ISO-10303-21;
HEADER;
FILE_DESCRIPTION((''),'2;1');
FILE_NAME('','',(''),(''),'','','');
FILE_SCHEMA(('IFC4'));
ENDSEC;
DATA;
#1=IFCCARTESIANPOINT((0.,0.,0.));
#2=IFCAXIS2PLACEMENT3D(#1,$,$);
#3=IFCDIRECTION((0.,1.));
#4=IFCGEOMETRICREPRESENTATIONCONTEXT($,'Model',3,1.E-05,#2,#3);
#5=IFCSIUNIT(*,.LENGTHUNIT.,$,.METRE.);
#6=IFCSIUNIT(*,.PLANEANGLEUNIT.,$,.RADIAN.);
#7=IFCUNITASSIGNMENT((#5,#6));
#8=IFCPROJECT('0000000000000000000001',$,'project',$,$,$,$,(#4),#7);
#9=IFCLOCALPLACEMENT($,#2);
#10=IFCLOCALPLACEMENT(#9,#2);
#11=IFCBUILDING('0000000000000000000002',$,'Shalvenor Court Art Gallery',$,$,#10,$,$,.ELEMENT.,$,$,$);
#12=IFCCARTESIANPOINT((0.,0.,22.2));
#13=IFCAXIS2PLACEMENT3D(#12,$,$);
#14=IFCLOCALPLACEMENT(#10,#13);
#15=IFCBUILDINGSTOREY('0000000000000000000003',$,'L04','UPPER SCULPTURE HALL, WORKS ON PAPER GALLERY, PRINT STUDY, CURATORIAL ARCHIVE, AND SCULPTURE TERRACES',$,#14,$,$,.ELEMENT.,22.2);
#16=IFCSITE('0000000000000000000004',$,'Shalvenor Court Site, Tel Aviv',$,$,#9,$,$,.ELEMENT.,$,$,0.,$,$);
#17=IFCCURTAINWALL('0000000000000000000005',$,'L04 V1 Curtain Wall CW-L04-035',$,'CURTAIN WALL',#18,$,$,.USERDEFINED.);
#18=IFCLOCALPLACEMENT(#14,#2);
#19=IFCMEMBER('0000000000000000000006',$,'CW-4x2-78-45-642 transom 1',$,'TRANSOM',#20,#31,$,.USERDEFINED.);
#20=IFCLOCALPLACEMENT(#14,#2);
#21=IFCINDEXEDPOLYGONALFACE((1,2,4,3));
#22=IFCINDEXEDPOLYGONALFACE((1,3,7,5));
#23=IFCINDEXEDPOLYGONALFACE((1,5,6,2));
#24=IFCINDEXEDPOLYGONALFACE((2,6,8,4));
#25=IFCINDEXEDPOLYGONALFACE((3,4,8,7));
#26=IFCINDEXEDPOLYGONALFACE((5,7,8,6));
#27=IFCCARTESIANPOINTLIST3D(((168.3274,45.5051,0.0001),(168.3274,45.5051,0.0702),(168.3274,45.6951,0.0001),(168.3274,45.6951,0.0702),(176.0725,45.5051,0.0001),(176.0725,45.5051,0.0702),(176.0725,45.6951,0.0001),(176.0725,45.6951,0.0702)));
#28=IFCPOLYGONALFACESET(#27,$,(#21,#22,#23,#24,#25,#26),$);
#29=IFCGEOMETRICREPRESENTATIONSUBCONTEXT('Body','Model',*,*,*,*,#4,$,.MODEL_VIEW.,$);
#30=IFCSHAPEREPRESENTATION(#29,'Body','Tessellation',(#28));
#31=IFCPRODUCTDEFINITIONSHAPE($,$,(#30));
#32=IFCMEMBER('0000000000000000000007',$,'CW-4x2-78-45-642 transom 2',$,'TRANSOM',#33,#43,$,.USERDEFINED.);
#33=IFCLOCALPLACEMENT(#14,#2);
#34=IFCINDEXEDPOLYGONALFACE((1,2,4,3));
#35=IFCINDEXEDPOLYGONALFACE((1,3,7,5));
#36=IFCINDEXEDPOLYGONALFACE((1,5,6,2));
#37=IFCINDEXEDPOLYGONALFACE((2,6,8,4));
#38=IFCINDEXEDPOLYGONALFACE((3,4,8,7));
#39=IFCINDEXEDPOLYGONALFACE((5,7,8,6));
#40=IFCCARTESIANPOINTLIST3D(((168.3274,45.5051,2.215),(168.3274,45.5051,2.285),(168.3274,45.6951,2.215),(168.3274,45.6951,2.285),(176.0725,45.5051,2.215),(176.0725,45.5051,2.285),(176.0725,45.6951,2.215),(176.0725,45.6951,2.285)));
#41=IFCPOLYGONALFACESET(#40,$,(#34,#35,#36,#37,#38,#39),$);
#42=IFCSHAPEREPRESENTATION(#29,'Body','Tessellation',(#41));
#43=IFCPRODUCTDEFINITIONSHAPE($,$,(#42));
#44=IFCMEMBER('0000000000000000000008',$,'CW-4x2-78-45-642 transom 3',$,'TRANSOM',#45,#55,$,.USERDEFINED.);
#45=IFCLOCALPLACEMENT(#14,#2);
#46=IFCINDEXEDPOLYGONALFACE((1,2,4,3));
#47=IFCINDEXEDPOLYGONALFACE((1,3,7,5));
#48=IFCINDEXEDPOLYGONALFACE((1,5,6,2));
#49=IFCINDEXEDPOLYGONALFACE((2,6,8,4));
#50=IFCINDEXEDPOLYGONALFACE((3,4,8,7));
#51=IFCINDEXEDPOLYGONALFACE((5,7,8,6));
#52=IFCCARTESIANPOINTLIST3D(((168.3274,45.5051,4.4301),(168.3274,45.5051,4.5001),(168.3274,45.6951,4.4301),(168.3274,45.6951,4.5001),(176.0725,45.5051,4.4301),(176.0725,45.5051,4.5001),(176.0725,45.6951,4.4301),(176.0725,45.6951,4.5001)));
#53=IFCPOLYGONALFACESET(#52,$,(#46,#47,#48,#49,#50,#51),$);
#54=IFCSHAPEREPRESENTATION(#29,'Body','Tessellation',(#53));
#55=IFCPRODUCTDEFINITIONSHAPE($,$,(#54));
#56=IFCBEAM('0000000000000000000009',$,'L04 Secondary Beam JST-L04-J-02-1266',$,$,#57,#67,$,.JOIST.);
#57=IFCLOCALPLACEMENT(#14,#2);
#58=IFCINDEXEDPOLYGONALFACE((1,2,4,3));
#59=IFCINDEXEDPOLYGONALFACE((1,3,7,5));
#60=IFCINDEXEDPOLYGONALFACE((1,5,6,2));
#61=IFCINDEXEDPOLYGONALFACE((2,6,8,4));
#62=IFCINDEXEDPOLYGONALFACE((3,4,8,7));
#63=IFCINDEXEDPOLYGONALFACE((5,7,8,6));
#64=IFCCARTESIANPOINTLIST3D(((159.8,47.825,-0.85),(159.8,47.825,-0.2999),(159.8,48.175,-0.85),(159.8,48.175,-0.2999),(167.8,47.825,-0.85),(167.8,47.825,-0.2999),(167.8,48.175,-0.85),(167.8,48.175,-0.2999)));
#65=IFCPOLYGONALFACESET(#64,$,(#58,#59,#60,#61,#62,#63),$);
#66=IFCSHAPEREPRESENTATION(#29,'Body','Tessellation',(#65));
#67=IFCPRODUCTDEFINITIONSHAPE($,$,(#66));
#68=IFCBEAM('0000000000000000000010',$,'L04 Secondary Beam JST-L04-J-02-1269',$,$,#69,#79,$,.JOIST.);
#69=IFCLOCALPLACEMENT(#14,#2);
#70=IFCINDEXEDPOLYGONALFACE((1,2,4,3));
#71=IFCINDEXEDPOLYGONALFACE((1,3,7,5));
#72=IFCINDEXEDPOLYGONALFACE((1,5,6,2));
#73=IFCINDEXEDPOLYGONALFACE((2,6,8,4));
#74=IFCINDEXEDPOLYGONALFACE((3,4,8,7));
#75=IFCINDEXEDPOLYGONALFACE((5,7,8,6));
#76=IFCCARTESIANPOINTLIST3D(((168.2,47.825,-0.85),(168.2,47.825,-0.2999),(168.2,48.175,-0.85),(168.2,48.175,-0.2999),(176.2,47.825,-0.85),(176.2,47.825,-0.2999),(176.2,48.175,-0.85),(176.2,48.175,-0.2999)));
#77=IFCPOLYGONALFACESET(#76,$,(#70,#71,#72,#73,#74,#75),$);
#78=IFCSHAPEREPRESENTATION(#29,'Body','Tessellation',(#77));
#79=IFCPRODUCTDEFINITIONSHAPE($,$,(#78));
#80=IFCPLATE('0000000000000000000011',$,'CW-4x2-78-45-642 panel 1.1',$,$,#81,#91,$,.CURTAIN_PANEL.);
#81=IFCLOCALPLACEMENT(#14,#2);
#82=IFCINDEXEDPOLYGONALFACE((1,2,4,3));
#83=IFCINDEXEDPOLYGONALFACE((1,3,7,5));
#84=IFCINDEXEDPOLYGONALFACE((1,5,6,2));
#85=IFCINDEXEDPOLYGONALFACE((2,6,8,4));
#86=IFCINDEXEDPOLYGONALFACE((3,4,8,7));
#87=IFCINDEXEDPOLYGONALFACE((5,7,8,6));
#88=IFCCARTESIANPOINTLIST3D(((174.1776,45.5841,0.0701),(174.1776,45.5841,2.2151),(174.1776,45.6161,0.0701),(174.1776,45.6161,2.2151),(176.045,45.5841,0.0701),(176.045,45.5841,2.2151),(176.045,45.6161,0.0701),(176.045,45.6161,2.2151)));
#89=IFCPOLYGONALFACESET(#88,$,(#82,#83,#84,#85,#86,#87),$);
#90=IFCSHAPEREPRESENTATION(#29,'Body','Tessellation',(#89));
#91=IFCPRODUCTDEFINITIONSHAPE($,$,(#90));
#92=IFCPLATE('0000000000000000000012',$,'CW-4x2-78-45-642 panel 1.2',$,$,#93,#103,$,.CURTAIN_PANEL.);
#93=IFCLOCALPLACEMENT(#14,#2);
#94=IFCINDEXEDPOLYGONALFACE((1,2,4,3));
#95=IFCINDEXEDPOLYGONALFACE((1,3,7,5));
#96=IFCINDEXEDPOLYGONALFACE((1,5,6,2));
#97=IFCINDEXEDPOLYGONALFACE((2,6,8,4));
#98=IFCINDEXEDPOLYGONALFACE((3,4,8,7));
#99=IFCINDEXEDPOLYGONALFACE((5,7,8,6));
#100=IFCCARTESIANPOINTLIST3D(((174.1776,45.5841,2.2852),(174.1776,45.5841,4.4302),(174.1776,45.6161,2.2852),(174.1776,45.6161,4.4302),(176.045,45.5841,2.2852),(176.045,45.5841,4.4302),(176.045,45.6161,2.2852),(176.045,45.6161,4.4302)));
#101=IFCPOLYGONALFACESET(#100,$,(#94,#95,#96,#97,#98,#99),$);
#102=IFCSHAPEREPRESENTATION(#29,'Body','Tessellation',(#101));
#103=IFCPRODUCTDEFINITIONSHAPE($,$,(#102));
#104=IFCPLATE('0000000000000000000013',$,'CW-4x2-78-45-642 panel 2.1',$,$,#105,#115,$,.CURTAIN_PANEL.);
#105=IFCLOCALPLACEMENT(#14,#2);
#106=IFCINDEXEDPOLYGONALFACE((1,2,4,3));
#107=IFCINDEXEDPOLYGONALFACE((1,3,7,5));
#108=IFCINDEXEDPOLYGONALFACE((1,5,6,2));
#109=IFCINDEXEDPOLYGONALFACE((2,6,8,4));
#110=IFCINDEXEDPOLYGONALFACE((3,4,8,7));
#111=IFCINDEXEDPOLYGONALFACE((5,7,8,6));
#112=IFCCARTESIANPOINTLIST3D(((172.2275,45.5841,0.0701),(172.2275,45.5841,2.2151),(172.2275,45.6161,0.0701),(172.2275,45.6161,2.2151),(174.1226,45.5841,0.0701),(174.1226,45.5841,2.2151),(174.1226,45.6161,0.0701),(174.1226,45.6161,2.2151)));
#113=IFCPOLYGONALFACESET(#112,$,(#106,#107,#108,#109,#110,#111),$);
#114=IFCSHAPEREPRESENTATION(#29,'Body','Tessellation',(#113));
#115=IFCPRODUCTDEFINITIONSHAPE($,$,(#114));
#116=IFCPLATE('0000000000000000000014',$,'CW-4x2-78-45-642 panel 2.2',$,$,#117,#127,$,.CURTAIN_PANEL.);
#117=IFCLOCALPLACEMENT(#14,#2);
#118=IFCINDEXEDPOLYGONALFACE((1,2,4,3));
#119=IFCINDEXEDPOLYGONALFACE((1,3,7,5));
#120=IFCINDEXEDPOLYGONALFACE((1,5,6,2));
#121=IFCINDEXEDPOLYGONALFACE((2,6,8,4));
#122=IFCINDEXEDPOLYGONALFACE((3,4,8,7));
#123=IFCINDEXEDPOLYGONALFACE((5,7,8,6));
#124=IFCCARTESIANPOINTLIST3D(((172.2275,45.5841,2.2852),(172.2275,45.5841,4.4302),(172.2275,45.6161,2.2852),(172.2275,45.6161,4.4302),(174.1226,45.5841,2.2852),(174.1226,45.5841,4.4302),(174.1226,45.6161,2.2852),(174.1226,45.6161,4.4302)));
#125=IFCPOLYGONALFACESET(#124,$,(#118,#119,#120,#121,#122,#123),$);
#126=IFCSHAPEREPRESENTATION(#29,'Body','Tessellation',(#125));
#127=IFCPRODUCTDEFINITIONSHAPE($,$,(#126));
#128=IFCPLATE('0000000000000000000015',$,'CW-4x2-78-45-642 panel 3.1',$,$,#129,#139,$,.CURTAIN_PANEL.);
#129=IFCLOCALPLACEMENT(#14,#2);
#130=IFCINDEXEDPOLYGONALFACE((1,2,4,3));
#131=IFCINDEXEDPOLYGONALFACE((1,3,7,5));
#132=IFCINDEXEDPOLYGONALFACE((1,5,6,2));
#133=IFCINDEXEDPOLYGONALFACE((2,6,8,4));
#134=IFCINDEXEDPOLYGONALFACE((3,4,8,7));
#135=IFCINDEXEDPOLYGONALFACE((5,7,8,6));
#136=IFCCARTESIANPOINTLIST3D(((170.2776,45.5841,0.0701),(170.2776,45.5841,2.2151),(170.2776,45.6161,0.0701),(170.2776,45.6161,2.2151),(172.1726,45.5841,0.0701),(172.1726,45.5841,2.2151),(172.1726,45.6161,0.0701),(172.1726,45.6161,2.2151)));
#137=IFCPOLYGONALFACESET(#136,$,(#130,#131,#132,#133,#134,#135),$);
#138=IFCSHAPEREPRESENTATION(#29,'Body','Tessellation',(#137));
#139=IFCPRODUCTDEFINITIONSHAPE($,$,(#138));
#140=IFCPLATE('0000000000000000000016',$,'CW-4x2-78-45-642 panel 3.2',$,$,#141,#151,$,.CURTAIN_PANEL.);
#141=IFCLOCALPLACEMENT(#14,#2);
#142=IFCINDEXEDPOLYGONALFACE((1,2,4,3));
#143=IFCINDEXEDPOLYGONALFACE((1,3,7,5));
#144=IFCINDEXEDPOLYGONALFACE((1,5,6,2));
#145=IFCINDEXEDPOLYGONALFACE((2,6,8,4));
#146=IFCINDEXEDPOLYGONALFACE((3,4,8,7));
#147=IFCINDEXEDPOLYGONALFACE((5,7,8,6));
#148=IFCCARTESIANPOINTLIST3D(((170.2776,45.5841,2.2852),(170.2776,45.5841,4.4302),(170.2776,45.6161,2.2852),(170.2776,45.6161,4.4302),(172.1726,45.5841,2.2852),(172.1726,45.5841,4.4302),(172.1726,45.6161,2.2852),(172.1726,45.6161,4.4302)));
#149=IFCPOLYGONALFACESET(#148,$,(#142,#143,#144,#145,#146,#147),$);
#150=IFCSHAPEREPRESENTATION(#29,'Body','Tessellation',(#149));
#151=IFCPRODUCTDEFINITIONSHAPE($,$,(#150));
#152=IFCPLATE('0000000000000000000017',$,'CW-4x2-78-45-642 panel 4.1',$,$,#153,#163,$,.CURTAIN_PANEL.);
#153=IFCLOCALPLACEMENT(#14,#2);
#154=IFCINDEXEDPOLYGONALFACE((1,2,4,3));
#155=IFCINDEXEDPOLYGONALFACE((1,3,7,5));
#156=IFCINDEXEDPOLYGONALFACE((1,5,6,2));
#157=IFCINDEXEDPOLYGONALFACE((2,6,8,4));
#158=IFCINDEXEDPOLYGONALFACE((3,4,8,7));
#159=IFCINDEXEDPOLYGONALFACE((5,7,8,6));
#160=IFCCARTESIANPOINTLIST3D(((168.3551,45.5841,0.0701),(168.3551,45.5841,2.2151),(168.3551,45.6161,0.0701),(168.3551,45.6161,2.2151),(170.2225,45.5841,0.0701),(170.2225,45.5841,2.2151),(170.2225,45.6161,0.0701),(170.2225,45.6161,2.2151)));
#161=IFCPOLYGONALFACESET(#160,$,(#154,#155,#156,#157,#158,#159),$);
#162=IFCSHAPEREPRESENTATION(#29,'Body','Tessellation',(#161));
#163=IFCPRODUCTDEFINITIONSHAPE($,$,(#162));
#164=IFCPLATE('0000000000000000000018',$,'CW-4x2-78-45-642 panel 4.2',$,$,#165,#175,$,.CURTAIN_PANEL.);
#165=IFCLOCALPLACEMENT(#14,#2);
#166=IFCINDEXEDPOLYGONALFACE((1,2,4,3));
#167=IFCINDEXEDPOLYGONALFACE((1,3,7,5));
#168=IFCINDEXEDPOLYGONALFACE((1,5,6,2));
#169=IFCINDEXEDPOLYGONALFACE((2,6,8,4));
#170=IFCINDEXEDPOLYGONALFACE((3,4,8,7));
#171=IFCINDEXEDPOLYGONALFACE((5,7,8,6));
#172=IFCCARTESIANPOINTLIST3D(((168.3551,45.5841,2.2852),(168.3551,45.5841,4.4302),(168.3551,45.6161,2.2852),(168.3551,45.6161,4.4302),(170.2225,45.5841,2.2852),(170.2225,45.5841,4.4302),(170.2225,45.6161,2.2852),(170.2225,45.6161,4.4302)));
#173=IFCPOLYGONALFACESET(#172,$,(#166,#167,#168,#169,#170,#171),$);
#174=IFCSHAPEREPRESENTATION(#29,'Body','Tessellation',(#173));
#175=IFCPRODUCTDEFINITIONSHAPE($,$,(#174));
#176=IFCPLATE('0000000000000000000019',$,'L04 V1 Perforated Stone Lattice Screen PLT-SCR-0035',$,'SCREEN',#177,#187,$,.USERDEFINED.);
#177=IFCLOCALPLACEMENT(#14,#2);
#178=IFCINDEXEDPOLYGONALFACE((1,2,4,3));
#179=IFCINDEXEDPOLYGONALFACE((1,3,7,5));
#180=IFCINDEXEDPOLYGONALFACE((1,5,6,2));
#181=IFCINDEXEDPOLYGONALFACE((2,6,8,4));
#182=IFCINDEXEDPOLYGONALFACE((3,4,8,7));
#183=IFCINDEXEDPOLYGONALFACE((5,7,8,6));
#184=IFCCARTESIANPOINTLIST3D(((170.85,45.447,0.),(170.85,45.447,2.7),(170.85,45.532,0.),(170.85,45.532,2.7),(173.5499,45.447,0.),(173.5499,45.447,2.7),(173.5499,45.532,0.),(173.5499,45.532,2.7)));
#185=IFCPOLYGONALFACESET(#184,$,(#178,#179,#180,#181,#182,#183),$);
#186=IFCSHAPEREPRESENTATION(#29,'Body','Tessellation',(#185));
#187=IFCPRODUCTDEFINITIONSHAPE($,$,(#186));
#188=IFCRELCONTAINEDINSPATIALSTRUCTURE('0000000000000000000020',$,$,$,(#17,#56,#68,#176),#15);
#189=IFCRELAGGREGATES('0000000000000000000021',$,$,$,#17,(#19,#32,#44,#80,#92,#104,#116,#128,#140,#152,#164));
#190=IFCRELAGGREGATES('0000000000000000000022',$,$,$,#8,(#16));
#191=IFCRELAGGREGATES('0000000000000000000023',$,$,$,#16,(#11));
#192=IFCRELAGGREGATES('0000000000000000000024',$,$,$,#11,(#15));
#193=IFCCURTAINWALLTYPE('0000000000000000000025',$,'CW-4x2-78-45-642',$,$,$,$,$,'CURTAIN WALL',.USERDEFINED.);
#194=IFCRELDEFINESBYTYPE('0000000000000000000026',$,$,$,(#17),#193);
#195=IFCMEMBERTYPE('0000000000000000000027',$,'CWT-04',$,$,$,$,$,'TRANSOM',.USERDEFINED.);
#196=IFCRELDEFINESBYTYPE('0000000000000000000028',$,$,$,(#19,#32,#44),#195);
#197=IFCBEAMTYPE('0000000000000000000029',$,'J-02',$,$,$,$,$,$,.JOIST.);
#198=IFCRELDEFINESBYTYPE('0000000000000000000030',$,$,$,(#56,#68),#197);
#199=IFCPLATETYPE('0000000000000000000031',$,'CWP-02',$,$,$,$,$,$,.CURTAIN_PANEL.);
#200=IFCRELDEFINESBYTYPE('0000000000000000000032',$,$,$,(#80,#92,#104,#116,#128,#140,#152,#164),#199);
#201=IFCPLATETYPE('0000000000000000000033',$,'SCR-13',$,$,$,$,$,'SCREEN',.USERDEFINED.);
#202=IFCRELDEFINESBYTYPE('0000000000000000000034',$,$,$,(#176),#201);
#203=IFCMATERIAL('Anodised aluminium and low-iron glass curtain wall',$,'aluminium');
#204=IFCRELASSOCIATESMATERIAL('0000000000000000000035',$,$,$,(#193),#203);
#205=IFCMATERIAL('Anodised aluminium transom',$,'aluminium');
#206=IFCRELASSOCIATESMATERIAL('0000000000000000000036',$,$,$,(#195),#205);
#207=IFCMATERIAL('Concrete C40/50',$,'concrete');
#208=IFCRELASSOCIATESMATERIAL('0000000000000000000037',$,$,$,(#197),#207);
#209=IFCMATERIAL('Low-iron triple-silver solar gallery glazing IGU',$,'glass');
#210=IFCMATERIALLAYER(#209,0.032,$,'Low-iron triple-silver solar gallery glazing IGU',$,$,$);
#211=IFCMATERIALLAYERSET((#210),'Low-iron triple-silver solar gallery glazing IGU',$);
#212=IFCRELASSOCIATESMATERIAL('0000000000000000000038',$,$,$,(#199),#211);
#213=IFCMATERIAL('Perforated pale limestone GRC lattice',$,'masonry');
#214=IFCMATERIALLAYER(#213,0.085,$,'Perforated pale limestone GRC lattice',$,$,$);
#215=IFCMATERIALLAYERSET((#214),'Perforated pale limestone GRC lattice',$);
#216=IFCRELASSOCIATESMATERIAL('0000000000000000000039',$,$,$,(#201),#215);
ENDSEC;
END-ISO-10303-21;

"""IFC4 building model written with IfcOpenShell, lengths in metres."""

from ifc_helpers import new_model, si_unit, direction, frame, origin, origin_2d, place, context, subcontext, project, spatial, rectangle, extrude, material, layer, layer_set, material_profile, profile_set, type_object, element, aggregate, save


model = new_model("IFC4")

# Units and contexts
model_context = context("Model", 3, precision=1e-05, world=origin(), true_north=direction((0.0, 1.0)))
body_context = subcontext(model_context, "Body", "Model", "MODEL_VIEW")
ifc_project = project(units=[si_unit("LENGTHUNIT", "METRE"), si_unit("PLANEANGLEUNIT", "RADIAN")], contexts=[model_context])

# Site, building, storey
site_placement = place(None, origin())
site = spatial("IfcSite", under=ifc_project, at=site_placement, Name="Shalvenor Court Site, Tel Aviv", CompositionType="ELEMENT", RefElevation=0.0)
building_placement = place(site_placement, origin())
building = spatial("IfcBuilding", under=site, at=building_placement, Name="Shalvenor Court Art Gallery", CompositionType="ELEMENT")
storey_placement = place(building_placement, frame((0.0, 0.0, 22.2)))
storey = spatial("IfcBuildingStorey", under=building, at=storey_placement, Name="L04", Description="UPPER SCULPTURE HALL, WORKS ON PAPER GALLERY, PRINT STUDY, CURATORIAL ARCHIVE, AND SCULPTURE TERRACES", CompositionType="ELEMENT", Elevation=22.2)

# Curtain wall, members
ifc_material_1 = material(Name="Anodised aluminium and low-iron glass curtain wall", Category="aluminium")
curtain_wall_type = type_object("IfcCurtainWallType", Name="CW-4x2-78-45-642", ElementType="CURTAIN WALL", PredefinedType="USERDEFINED", material=ifc_material_1)
curtain_wall_placement = place(storey_placement, origin())
curtain_wall = element("IfcCurtainWall", 1, at=curtain_wall_placement, inside=storey, type_object=curtain_wall_type, Name="L04 V1 Curtain Wall CW-L04-035", ObjectType="CURTAIN WALL", PredefinedType="USERDEFINED")
ifc_material_2 = material(Name="Anodised aluminium transom", Category="aluminium")
ifc_material_profile_1 = material_profile(ifc_material_2, rectangle(XDim=0.1899, YDim=0.0701, at=origin_2d()), Name="CWT-04")
ifc_profile_set_1 = profile_set([ifc_material_profile_1], Name="Anodised aluminium transom")
member_type_1 = type_object("IfcMemberType", Name="CWT-04", ElementType="TRANSOM", PredefinedType="USERDEFINED", material=ifc_profile_set_1)
member_1_placement = place(storey_placement, frame((176.0725, 45.6001, 0.0352), z_axis=(-1.0, 0.0, 0.0), x_axis=(0.0, -1.0, 0.0)))
member_1 = element("IfcMember", 2, at=member_1_placement, type_object=member_type_1, Name="CW-4x2-78-45-642 transom 1", ObjectType="TRANSOM", PredefinedType="USERDEFINED", context=body_context, shape_type="SweptSolid", body=[
    extrude(rectangle(XDim=0.1899, YDim=0.0701, at=origin_2d()), origin(), (0.0, 0.0, 1.0), 7.7451),
])
member_2_placement = place(storey_placement, frame((176.0725, 45.6001, 2.25), z_axis=(-1.0, 0.0, 0.0), x_axis=(0.0, -1.0, 0.0)))
member_2 = element("IfcMember", 3, at=member_2_placement, type_object=member_type_1, Name="CW-4x2-78-45-642 transom 2", ObjectType="TRANSOM", PredefinedType="USERDEFINED", context=body_context, shape_type="SweptSolid", body=[
    extrude(rectangle(XDim=0.1899, YDim=0.0701, at=origin_2d()), origin(), (0.0, 0.0, 1.0), 7.7451),
])
member_3_placement = place(storey_placement, frame((176.0725, 45.6001, 4.4651), z_axis=(-1.0, 0.0, 0.0), x_axis=(0.0, -1.0, 0.0)))
member_3 = element("IfcMember", 4, at=member_3_placement, type_object=member_type_1, Name="CW-4x2-78-45-642 transom 3", ObjectType="TRANSOM", PredefinedType="USERDEFINED", context=body_context, shape_type="SweptSolid", body=[
    extrude(rectangle(XDim=0.1899, YDim=0.0701, at=origin_2d()), origin(), (0.0, 0.0, 1.0), 7.7451),
])

# Beams
ifc_material_3 = material(Name="Concrete C40/50", Category="concrete")
ifc_material_profile_2 = material_profile(ifc_material_3, rectangle(XDim=0.3501, YDim=0.55, at=origin_2d()), Name="RC 350x550")
ifc_profile_set_2 = profile_set([ifc_material_profile_2], Name="Concrete C40/50")
beam_type_1 = type_object("IfcBeamType", Name="J-02", PredefinedType="JOIST", material=ifc_profile_set_2)
for number, where, z_axis, x_axis, name in (
    (5, (159.8, 48.0, -0.575), (1.0, 0.0, 0.0), (0.0, 1.0, 0.0), "L04 Secondary Beam JST-L04-J-02-1266"),
    (6, (168.2, 48.0, -0.575), (1.0, 0.0, 0.0), (0.0, 1.0, 0.0), "L04 Secondary Beam JST-L04-J-02-1269"),
):
    element("IfcBeam", number, at=place(storey_placement, frame(where, z_axis=z_axis, x_axis=x_axis)), inside=storey, type_object=beam_type_1, Name=name, PredefinedType="JOIST", context=body_context, shape_type="SweptSolid", body=[
        extrude(rectangle(XDim=0.3501, YDim=0.55, at=origin_2d()), origin(), (0.0, 0.0, 1.0), 8.0),
    ])

# Plates
ifc_material_4 = material(Name="Low-iron triple-silver solar gallery glazing IGU", Category="glass")
ifc_layer_1 = layer(ifc_material_4, 0.032, Name="Low-iron triple-silver solar gallery glazing IGU")
ifc_layer_set_1 = layer_set([ifc_layer_1], Name="Low-iron triple-silver solar gallery glazing IGU")
plate_type_1 = type_object("IfcPlateType", Name="CWP-02", PredefinedType="CURTAIN_PANEL", material=ifc_layer_set_1)
plate_1_placement = place(storey_placement, frame((175.1113, 45.6001, 0.0701), z_axis=(0.0, 0.0, 1.0), x_axis=(-1.0, 0.0, 0.0)))
plate_1 = element("IfcPlate", 7, at=plate_1_placement, type_object=plate_type_1, Name="CW-4x2-78-45-642 panel 1.1", PredefinedType="CURTAIN_PANEL", context=body_context, shape_type="SweptSolid", body=[
    extrude(rectangle(XDim=1.8674, YDim=0.032, at=origin_2d()), origin(), (0.0, 0.0, 1.0), 2.145),
])
plate_2_placement = place(storey_placement, frame((175.1113, 45.6001, 2.2852), z_axis=(0.0, 0.0, 1.0), x_axis=(-1.0, 0.0, 0.0)))
plate_2 = element("IfcPlate", 8, at=plate_2_placement, type_object=plate_type_1, Name="CW-4x2-78-45-642 panel 1.2", PredefinedType="CURTAIN_PANEL", context=body_context, shape_type="SweptSolid", body=[
    extrude(rectangle(XDim=1.8674, YDim=0.032, at=origin_2d()), origin(), (0.0, 0.0, 1.0), 2.145),
])
plate_3_placement = place(storey_placement, frame((173.175, 45.6001, 0.0701), z_axis=(0.0, 0.0, 1.0), x_axis=(-1.0, 0.0, 0.0)))
plate_3 = element("IfcPlate", 9, at=plate_3_placement, type_object=plate_type_1, Name="CW-4x2-78-45-642 panel 2.1", PredefinedType="CURTAIN_PANEL", context=body_context, shape_type="SweptSolid", body=[
    extrude(rectangle(XDim=1.895, YDim=0.032, at=origin_2d()), origin(), (0.0, 0.0, 1.0), 2.145),
])
plate_4_placement = place(storey_placement, frame((173.175, 45.6001, 2.2852), z_axis=(0.0, 0.0, 1.0), x_axis=(-1.0, 0.0, 0.0)))
plate_4 = element("IfcPlate", 10, at=plate_4_placement, type_object=plate_type_1, Name="CW-4x2-78-45-642 panel 2.2", PredefinedType="CURTAIN_PANEL", context=body_context, shape_type="SweptSolid", body=[
    extrude(rectangle(XDim=1.895, YDim=0.032, at=origin_2d()), origin(), (0.0, 0.0, 1.0), 2.145),
])
plate_5_placement = place(storey_placement, frame((171.2251, 45.6001, 0.0701), z_axis=(0.0, 0.0, 1.0), x_axis=(-1.0, 0.0, 0.0)))
plate_5 = element("IfcPlate", 11, at=plate_5_placement, type_object=plate_type_1, Name="CW-4x2-78-45-642 panel 3.1", PredefinedType="CURTAIN_PANEL", context=body_context, shape_type="SweptSolid", body=[
    extrude(rectangle(XDim=1.895, YDim=0.032, at=origin_2d()), origin(), (0.0, 0.0, 1.0), 2.145),
])
plate_6_placement = place(storey_placement, frame((171.2251, 45.6001, 2.2852), z_axis=(0.0, 0.0, 1.0), x_axis=(-1.0, 0.0, 0.0)))
plate_6 = element("IfcPlate", 12, at=plate_6_placement, type_object=plate_type_1, Name="CW-4x2-78-45-642 panel 3.2", PredefinedType="CURTAIN_PANEL", context=body_context, shape_type="SweptSolid", body=[
    extrude(rectangle(XDim=1.895, YDim=0.032, at=origin_2d()), origin(), (0.0, 0.0, 1.0), 2.145),
])
plate_7_placement = place(storey_placement, frame((169.2888, 45.6001, 0.0701), z_axis=(0.0, 0.0, 1.0), x_axis=(-1.0, 0.0, 0.0)))
plate_7 = element("IfcPlate", 13, at=plate_7_placement, type_object=plate_type_1, Name="CW-4x2-78-45-642 panel 4.1", PredefinedType="CURTAIN_PANEL", context=body_context, shape_type="SweptSolid", body=[
    extrude(rectangle(XDim=1.8674, YDim=0.032, at=origin_2d()), origin(), (0.0, 0.0, 1.0), 2.145),
])
plate_8_placement = place(storey_placement, frame((169.2888, 45.6001, 2.2852), z_axis=(0.0, 0.0, 1.0), x_axis=(-1.0, 0.0, 0.0)))
plate_8 = element("IfcPlate", 14, at=plate_8_placement, type_object=plate_type_1, Name="CW-4x2-78-45-642 panel 4.2", PredefinedType="CURTAIN_PANEL", context=body_context, shape_type="SweptSolid", body=[
    extrude(rectangle(XDim=1.8674, YDim=0.032, at=origin_2d()), origin(), (0.0, 0.0, 1.0), 2.145),
])
aggregate(curtain_wall, [member_1, member_2, member_3, plate_1, plate_2, plate_3, plate_4, plate_5, plate_6, plate_7, plate_8])
ifc_material_5 = material(Name="Perforated pale limestone GRC lattice", Category="masonry")
ifc_layer_2 = layer(ifc_material_5, 0.085, Name="Perforated pale limestone GRC lattice")
ifc_layer_set_2 = layer_set([ifc_layer_2], Name="Perforated pale limestone GRC lattice")
plate_type_2 = type_object("IfcPlateType", Name="SCR-13", ElementType="SCREEN", PredefinedType="USERDEFINED", material=ifc_layer_set_2)
plate_9_placement = place(storey_placement, frame((172.2, 45.4895, 0.0), z_axis=(0.0, 0.0, 1.0), x_axis=(-1.0, 0.0, 0.0)))
element("IfcPlate", 15, at=plate_9_placement, inside=storey, type_object=plate_type_2, Name="L04 V1 Perforated Stone Lattice Screen PLT-SCR-0035", ObjectType="SCREEN", PredefinedType="USERDEFINED", context=body_context, shape_type="SweptSolid", body=[
    extrude(rectangle(XDim=2.7, YDim=0.085, at=origin_2d()), origin(), (0.0, 0.0, 1.0), 2.7),
])

save(model, "model.ifc")
